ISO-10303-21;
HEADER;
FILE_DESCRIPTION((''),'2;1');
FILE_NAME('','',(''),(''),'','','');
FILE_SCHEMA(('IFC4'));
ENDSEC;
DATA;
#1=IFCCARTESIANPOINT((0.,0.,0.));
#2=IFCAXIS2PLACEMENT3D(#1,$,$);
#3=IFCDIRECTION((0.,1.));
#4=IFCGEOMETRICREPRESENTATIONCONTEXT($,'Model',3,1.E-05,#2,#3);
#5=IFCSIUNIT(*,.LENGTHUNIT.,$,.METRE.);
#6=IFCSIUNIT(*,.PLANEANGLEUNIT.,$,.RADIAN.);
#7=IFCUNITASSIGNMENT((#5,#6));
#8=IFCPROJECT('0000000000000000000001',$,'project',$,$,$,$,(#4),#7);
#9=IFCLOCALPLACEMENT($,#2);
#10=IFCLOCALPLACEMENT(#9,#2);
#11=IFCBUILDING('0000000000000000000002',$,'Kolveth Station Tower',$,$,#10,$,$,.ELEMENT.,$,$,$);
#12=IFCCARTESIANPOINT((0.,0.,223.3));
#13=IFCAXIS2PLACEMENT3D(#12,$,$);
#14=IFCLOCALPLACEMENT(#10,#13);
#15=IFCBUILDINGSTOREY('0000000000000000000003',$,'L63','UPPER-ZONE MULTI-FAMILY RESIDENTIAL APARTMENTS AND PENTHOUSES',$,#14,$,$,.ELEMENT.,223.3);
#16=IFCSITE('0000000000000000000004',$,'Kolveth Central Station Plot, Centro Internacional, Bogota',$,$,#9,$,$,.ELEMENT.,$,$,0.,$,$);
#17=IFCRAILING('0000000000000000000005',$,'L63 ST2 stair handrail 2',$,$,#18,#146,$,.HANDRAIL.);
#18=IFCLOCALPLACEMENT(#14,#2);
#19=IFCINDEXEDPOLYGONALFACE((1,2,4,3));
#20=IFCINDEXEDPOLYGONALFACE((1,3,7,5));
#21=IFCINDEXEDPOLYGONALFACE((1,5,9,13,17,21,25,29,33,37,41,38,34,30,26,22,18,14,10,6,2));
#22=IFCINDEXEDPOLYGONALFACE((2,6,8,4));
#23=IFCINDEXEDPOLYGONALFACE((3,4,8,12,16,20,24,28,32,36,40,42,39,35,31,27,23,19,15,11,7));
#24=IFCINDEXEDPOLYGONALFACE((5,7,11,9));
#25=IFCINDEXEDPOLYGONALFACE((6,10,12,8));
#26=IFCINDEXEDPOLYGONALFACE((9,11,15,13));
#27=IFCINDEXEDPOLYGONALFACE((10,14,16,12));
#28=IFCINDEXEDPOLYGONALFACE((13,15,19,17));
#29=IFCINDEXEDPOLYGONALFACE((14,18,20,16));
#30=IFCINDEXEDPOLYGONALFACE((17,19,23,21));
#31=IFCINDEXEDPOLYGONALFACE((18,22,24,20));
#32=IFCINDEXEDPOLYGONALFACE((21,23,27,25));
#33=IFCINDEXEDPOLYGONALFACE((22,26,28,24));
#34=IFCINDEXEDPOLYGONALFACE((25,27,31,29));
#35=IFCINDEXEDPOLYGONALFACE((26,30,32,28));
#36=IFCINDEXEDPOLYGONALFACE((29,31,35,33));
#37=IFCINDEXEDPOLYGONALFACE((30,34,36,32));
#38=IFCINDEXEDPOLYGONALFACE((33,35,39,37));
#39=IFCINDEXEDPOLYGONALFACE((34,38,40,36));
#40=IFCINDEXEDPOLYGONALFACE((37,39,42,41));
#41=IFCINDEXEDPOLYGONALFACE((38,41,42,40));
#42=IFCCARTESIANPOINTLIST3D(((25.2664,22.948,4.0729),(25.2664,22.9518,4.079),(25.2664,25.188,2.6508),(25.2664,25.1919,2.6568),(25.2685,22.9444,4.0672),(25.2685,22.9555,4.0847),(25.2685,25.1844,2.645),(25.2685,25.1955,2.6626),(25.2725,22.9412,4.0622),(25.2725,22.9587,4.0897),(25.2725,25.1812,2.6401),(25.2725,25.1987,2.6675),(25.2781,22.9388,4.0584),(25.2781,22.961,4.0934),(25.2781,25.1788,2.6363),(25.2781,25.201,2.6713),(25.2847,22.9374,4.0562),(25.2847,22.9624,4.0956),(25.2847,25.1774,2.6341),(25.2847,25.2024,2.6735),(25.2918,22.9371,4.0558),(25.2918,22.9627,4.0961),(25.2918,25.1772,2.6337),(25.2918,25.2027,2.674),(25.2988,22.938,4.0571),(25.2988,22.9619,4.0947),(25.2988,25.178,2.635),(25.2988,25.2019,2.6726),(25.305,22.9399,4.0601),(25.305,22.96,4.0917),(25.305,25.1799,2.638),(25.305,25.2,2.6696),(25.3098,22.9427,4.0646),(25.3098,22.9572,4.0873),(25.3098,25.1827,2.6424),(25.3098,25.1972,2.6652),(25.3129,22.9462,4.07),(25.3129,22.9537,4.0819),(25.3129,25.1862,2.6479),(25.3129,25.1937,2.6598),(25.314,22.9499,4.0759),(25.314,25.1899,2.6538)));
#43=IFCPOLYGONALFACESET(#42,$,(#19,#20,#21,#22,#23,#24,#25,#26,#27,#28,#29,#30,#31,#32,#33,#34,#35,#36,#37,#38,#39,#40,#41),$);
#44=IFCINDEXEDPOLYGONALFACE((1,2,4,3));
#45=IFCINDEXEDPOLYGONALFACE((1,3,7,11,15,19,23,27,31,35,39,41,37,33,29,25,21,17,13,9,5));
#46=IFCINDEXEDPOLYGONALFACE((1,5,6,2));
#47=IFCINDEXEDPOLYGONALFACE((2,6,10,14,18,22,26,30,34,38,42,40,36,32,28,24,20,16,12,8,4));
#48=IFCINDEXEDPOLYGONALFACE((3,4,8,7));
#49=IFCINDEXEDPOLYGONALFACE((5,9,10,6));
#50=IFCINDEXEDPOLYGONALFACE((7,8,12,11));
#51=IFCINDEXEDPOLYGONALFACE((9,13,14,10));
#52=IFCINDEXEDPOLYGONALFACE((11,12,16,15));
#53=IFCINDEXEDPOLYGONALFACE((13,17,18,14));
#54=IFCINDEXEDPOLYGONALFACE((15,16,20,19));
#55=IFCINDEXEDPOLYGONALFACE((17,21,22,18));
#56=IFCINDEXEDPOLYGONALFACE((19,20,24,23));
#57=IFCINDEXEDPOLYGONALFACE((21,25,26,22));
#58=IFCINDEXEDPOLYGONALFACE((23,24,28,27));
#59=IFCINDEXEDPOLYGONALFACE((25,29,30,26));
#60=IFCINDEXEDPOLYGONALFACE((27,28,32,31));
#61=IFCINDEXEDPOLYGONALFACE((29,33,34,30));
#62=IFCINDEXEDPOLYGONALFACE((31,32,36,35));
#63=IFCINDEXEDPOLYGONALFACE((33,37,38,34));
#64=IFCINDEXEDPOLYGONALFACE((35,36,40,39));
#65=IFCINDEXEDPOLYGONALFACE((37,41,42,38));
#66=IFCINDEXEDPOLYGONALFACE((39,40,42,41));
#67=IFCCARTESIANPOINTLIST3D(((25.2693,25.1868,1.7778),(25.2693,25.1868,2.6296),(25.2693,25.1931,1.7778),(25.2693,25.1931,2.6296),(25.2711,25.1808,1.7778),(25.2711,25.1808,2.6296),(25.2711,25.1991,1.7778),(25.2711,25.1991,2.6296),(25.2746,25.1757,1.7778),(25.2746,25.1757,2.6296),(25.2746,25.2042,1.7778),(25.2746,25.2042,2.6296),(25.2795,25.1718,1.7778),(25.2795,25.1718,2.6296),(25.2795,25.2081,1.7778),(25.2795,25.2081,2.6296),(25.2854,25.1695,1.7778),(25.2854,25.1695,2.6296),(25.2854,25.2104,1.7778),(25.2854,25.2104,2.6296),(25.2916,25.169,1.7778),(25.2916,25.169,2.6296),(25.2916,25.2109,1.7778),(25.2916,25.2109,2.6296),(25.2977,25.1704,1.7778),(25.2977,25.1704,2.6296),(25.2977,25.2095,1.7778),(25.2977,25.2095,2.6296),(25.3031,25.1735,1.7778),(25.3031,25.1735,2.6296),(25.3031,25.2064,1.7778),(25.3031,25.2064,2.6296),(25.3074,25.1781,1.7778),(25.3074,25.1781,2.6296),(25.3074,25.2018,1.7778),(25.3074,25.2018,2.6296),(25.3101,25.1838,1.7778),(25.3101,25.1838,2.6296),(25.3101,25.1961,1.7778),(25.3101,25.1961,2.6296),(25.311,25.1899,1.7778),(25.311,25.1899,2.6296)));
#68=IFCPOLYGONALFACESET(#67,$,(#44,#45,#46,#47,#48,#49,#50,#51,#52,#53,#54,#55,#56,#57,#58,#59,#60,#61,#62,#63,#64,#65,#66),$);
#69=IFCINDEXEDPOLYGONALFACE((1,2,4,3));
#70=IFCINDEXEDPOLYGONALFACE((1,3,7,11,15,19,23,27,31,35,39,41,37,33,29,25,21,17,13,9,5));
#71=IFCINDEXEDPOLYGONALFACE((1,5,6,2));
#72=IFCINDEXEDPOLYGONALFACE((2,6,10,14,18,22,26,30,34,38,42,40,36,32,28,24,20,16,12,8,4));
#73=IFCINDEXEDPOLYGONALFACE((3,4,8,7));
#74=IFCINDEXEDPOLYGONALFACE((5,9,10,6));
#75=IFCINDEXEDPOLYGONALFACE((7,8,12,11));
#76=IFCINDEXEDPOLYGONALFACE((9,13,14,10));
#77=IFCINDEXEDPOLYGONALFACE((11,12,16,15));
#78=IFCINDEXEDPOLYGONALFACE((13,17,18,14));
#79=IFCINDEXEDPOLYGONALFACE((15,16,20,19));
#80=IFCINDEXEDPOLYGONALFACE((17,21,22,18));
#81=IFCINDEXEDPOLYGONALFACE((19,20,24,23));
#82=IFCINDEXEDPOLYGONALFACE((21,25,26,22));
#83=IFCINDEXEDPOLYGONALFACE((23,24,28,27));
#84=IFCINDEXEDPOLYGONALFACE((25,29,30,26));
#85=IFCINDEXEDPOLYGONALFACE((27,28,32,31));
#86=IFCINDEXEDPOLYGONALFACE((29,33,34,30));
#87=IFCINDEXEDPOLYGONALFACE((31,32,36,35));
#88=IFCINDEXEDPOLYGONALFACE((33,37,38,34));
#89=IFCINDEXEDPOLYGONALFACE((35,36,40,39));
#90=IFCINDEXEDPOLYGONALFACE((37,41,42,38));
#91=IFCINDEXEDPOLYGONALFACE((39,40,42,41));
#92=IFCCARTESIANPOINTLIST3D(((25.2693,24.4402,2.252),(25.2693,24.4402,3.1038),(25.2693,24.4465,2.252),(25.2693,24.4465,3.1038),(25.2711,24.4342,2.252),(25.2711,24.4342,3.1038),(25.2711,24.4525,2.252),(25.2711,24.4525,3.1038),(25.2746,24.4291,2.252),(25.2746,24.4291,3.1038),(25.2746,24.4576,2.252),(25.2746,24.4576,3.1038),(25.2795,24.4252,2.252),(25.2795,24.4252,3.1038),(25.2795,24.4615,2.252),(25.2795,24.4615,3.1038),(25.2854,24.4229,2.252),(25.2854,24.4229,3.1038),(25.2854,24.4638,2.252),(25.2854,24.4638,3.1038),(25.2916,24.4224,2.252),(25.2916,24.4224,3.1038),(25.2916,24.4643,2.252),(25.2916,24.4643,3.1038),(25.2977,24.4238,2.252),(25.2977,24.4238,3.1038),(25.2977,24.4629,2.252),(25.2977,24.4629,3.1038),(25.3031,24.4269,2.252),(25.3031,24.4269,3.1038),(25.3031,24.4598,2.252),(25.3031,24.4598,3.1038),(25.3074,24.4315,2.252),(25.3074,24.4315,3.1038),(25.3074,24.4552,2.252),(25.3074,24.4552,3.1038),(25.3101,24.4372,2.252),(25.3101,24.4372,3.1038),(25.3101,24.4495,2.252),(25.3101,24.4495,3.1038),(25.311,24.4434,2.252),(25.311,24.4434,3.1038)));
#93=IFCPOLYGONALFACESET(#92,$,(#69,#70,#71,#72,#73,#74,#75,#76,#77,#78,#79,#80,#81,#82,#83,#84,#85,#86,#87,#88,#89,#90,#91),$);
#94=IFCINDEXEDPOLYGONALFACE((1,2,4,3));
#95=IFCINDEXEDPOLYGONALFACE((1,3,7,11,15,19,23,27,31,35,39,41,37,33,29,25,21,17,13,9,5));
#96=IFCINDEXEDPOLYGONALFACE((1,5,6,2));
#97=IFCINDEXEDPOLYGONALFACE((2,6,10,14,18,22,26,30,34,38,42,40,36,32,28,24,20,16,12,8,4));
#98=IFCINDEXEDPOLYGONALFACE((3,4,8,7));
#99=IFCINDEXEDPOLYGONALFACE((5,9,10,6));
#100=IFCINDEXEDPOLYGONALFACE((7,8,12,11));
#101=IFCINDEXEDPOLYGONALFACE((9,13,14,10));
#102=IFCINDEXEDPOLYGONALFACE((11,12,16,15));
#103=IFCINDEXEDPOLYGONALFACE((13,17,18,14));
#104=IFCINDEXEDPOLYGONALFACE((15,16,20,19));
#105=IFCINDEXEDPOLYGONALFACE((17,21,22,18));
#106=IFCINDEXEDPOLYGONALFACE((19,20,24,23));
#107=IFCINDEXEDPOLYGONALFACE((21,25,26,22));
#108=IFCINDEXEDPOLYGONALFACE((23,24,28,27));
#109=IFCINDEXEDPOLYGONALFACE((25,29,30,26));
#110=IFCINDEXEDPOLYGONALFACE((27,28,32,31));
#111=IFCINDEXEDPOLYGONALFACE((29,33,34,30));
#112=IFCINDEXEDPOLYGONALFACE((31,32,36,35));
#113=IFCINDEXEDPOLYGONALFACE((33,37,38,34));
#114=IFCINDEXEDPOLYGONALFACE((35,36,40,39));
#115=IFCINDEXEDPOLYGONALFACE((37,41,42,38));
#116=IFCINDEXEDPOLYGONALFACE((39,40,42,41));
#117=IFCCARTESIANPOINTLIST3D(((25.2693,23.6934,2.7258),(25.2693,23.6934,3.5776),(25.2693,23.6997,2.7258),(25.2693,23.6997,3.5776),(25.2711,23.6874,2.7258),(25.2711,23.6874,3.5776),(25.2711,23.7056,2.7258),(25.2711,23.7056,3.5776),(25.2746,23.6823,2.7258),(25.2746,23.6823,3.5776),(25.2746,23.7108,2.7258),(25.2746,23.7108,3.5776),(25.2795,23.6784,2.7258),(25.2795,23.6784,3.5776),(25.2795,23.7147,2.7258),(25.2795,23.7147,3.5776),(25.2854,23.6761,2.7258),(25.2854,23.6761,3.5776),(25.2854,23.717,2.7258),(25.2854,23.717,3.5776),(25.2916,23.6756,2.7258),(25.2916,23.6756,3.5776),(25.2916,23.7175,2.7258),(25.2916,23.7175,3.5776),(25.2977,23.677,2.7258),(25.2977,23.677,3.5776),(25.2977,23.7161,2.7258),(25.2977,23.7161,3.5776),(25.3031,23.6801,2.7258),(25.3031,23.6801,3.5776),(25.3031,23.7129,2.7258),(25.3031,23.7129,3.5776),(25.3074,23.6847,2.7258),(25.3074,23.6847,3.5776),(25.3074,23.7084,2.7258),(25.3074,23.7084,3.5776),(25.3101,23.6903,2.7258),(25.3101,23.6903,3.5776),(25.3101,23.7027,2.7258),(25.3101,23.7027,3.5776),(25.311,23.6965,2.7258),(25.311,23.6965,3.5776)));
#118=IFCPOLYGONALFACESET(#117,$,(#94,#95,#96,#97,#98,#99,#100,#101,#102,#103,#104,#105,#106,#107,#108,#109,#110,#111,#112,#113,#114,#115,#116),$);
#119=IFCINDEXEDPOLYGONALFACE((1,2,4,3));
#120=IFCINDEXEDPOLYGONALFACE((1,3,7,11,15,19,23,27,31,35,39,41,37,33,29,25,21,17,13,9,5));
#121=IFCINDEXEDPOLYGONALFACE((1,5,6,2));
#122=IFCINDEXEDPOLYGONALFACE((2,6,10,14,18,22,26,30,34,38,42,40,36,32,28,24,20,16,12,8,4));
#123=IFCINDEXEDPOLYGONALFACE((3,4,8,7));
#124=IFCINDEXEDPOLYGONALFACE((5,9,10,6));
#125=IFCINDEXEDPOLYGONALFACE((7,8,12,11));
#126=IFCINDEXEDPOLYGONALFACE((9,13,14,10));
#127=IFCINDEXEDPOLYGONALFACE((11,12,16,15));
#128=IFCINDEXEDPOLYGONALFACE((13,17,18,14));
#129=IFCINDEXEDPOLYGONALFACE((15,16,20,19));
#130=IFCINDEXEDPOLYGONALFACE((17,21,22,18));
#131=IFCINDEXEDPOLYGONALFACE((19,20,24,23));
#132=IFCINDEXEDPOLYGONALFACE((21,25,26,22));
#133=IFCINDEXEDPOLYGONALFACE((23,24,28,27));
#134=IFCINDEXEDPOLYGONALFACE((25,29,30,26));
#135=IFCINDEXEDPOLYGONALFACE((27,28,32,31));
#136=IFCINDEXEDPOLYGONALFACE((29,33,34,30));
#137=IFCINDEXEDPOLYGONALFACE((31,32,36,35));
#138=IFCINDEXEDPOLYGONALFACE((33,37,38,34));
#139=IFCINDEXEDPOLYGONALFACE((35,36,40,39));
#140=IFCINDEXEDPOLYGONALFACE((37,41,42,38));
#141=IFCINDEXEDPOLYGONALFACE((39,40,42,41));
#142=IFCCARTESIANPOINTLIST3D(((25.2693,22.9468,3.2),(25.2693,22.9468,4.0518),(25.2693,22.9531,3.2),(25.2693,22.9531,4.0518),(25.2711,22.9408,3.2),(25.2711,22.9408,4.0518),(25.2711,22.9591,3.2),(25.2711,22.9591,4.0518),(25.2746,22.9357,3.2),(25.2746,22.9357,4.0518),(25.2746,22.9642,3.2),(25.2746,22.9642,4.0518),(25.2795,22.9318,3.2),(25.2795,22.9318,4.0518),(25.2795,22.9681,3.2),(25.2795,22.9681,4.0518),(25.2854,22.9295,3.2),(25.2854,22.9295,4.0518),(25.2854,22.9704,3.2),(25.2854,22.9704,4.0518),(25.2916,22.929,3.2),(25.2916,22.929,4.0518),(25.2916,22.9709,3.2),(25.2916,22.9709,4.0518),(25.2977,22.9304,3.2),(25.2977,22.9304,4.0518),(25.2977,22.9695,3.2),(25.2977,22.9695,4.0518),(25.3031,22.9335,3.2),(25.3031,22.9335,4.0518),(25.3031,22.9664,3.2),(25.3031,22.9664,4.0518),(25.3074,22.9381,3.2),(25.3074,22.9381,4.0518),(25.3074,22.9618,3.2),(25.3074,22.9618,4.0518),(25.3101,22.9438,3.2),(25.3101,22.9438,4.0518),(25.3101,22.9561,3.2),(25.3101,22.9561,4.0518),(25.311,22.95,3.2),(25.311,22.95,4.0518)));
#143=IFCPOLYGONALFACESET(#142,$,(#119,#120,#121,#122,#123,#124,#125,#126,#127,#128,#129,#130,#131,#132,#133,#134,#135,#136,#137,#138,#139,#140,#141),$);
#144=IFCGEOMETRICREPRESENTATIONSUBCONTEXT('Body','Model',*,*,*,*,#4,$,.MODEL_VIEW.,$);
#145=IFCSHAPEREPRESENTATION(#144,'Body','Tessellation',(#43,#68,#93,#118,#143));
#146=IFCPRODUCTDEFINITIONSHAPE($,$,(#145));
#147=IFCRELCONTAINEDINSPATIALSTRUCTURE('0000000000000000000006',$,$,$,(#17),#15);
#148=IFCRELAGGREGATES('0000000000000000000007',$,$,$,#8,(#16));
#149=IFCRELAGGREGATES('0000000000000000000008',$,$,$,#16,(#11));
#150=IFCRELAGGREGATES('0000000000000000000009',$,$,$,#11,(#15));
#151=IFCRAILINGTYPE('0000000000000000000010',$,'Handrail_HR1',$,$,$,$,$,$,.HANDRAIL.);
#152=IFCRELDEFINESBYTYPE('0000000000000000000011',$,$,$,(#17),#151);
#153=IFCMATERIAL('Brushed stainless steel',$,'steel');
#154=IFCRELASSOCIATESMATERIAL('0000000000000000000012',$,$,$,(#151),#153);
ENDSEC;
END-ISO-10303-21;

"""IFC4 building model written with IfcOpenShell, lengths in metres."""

from ifc_helpers import new_model, si_unit, direction, frame, origin, origin_2d, place, context, subcontext, project, spatial, circle, extrude, material, type_object, element, save


model = new_model("IFC4")

# Units and contexts
model_context = context("Model", 3, precision=1e-05, world=origin(), true_north=direction((0.0, 1.0)))
body_context = subcontext(model_context, "Body", "Model", "MODEL_VIEW")
ifc_project = project(units=[si_unit("LENGTHUNIT", "METRE"), si_unit("PLANEANGLEUNIT", "RADIAN")], contexts=[model_context])

# Site, building, storey
site_placement = place(None, origin())
site = spatial("IfcSite", under=ifc_project, at=site_placement, Name="Kolveth Central Station Plot, Centro Internacional, Bogota", CompositionType="ELEMENT", RefElevation=0.0)
building_placement = place(site_placement, origin())
building = spatial("IfcBuilding", under=site, at=building_placement, Name="Kolveth Station Tower", CompositionType="ELEMENT")
storey_placement = place(building_placement, frame((0.0, 0.0, 223.3)))
storey = spatial("IfcBuildingStorey", under=building, at=storey_placement, Name="L63", Description="UPPER-ZONE MULTI-FAMILY RESIDENTIAL APARTMENTS AND PENTHOUSES", CompositionType="ELEMENT", Elevation=223.3)

# Railing
ifc_material_1 = material(Name="Brushed stainless steel", Category="steel")
railing_type_1 = type_object("IfcRailingType", Name="Handrail_HR1", PredefinedType="HANDRAIL", material=ifc_material_1)
railing_1_placement = place(storey_placement, frame((25.29, 25.1899, 1.7778)))
element("IfcRailing", 1, at=railing_1_placement, inside=storey, type_object=railing_type_1, Name="L63 ST2 stair handrail 2", PredefinedType="HANDRAIL", context=body_context, shape_type="SweptSolid", body=[
    extrude(circle(Radius=0.0239, at=origin_2d()), frame((0.0, 0.0, 0.876), z_axis=(0.0, -0.844229, 0.535982), x_axis=(1.0, 0.0, 0.0)), (0.0, 0.0, 1.0), 2.6533),
    extrude(circle(Radius=0.021, at=origin_2d()), origin(), (0.0, 0.0, 1.0), 0.8518),
    extrude(circle(Radius=0.021, at=origin_2d()), frame((0.0, -0.7466, 0.4741)), (0.0, 0.0, 1.0), 0.8518),
    extrude(circle(Radius=0.021, at=origin_2d()), frame((0.0, -1.4934, 0.948)), (0.0, 0.0, 1.0), 0.8518),
    extrude(circle(Radius=0.021, at=origin_2d()), frame((0.0, -2.24, 1.4221)), (0.0, 0.0, 1.0), 0.8518),
])

save(model, "model.ifc")
